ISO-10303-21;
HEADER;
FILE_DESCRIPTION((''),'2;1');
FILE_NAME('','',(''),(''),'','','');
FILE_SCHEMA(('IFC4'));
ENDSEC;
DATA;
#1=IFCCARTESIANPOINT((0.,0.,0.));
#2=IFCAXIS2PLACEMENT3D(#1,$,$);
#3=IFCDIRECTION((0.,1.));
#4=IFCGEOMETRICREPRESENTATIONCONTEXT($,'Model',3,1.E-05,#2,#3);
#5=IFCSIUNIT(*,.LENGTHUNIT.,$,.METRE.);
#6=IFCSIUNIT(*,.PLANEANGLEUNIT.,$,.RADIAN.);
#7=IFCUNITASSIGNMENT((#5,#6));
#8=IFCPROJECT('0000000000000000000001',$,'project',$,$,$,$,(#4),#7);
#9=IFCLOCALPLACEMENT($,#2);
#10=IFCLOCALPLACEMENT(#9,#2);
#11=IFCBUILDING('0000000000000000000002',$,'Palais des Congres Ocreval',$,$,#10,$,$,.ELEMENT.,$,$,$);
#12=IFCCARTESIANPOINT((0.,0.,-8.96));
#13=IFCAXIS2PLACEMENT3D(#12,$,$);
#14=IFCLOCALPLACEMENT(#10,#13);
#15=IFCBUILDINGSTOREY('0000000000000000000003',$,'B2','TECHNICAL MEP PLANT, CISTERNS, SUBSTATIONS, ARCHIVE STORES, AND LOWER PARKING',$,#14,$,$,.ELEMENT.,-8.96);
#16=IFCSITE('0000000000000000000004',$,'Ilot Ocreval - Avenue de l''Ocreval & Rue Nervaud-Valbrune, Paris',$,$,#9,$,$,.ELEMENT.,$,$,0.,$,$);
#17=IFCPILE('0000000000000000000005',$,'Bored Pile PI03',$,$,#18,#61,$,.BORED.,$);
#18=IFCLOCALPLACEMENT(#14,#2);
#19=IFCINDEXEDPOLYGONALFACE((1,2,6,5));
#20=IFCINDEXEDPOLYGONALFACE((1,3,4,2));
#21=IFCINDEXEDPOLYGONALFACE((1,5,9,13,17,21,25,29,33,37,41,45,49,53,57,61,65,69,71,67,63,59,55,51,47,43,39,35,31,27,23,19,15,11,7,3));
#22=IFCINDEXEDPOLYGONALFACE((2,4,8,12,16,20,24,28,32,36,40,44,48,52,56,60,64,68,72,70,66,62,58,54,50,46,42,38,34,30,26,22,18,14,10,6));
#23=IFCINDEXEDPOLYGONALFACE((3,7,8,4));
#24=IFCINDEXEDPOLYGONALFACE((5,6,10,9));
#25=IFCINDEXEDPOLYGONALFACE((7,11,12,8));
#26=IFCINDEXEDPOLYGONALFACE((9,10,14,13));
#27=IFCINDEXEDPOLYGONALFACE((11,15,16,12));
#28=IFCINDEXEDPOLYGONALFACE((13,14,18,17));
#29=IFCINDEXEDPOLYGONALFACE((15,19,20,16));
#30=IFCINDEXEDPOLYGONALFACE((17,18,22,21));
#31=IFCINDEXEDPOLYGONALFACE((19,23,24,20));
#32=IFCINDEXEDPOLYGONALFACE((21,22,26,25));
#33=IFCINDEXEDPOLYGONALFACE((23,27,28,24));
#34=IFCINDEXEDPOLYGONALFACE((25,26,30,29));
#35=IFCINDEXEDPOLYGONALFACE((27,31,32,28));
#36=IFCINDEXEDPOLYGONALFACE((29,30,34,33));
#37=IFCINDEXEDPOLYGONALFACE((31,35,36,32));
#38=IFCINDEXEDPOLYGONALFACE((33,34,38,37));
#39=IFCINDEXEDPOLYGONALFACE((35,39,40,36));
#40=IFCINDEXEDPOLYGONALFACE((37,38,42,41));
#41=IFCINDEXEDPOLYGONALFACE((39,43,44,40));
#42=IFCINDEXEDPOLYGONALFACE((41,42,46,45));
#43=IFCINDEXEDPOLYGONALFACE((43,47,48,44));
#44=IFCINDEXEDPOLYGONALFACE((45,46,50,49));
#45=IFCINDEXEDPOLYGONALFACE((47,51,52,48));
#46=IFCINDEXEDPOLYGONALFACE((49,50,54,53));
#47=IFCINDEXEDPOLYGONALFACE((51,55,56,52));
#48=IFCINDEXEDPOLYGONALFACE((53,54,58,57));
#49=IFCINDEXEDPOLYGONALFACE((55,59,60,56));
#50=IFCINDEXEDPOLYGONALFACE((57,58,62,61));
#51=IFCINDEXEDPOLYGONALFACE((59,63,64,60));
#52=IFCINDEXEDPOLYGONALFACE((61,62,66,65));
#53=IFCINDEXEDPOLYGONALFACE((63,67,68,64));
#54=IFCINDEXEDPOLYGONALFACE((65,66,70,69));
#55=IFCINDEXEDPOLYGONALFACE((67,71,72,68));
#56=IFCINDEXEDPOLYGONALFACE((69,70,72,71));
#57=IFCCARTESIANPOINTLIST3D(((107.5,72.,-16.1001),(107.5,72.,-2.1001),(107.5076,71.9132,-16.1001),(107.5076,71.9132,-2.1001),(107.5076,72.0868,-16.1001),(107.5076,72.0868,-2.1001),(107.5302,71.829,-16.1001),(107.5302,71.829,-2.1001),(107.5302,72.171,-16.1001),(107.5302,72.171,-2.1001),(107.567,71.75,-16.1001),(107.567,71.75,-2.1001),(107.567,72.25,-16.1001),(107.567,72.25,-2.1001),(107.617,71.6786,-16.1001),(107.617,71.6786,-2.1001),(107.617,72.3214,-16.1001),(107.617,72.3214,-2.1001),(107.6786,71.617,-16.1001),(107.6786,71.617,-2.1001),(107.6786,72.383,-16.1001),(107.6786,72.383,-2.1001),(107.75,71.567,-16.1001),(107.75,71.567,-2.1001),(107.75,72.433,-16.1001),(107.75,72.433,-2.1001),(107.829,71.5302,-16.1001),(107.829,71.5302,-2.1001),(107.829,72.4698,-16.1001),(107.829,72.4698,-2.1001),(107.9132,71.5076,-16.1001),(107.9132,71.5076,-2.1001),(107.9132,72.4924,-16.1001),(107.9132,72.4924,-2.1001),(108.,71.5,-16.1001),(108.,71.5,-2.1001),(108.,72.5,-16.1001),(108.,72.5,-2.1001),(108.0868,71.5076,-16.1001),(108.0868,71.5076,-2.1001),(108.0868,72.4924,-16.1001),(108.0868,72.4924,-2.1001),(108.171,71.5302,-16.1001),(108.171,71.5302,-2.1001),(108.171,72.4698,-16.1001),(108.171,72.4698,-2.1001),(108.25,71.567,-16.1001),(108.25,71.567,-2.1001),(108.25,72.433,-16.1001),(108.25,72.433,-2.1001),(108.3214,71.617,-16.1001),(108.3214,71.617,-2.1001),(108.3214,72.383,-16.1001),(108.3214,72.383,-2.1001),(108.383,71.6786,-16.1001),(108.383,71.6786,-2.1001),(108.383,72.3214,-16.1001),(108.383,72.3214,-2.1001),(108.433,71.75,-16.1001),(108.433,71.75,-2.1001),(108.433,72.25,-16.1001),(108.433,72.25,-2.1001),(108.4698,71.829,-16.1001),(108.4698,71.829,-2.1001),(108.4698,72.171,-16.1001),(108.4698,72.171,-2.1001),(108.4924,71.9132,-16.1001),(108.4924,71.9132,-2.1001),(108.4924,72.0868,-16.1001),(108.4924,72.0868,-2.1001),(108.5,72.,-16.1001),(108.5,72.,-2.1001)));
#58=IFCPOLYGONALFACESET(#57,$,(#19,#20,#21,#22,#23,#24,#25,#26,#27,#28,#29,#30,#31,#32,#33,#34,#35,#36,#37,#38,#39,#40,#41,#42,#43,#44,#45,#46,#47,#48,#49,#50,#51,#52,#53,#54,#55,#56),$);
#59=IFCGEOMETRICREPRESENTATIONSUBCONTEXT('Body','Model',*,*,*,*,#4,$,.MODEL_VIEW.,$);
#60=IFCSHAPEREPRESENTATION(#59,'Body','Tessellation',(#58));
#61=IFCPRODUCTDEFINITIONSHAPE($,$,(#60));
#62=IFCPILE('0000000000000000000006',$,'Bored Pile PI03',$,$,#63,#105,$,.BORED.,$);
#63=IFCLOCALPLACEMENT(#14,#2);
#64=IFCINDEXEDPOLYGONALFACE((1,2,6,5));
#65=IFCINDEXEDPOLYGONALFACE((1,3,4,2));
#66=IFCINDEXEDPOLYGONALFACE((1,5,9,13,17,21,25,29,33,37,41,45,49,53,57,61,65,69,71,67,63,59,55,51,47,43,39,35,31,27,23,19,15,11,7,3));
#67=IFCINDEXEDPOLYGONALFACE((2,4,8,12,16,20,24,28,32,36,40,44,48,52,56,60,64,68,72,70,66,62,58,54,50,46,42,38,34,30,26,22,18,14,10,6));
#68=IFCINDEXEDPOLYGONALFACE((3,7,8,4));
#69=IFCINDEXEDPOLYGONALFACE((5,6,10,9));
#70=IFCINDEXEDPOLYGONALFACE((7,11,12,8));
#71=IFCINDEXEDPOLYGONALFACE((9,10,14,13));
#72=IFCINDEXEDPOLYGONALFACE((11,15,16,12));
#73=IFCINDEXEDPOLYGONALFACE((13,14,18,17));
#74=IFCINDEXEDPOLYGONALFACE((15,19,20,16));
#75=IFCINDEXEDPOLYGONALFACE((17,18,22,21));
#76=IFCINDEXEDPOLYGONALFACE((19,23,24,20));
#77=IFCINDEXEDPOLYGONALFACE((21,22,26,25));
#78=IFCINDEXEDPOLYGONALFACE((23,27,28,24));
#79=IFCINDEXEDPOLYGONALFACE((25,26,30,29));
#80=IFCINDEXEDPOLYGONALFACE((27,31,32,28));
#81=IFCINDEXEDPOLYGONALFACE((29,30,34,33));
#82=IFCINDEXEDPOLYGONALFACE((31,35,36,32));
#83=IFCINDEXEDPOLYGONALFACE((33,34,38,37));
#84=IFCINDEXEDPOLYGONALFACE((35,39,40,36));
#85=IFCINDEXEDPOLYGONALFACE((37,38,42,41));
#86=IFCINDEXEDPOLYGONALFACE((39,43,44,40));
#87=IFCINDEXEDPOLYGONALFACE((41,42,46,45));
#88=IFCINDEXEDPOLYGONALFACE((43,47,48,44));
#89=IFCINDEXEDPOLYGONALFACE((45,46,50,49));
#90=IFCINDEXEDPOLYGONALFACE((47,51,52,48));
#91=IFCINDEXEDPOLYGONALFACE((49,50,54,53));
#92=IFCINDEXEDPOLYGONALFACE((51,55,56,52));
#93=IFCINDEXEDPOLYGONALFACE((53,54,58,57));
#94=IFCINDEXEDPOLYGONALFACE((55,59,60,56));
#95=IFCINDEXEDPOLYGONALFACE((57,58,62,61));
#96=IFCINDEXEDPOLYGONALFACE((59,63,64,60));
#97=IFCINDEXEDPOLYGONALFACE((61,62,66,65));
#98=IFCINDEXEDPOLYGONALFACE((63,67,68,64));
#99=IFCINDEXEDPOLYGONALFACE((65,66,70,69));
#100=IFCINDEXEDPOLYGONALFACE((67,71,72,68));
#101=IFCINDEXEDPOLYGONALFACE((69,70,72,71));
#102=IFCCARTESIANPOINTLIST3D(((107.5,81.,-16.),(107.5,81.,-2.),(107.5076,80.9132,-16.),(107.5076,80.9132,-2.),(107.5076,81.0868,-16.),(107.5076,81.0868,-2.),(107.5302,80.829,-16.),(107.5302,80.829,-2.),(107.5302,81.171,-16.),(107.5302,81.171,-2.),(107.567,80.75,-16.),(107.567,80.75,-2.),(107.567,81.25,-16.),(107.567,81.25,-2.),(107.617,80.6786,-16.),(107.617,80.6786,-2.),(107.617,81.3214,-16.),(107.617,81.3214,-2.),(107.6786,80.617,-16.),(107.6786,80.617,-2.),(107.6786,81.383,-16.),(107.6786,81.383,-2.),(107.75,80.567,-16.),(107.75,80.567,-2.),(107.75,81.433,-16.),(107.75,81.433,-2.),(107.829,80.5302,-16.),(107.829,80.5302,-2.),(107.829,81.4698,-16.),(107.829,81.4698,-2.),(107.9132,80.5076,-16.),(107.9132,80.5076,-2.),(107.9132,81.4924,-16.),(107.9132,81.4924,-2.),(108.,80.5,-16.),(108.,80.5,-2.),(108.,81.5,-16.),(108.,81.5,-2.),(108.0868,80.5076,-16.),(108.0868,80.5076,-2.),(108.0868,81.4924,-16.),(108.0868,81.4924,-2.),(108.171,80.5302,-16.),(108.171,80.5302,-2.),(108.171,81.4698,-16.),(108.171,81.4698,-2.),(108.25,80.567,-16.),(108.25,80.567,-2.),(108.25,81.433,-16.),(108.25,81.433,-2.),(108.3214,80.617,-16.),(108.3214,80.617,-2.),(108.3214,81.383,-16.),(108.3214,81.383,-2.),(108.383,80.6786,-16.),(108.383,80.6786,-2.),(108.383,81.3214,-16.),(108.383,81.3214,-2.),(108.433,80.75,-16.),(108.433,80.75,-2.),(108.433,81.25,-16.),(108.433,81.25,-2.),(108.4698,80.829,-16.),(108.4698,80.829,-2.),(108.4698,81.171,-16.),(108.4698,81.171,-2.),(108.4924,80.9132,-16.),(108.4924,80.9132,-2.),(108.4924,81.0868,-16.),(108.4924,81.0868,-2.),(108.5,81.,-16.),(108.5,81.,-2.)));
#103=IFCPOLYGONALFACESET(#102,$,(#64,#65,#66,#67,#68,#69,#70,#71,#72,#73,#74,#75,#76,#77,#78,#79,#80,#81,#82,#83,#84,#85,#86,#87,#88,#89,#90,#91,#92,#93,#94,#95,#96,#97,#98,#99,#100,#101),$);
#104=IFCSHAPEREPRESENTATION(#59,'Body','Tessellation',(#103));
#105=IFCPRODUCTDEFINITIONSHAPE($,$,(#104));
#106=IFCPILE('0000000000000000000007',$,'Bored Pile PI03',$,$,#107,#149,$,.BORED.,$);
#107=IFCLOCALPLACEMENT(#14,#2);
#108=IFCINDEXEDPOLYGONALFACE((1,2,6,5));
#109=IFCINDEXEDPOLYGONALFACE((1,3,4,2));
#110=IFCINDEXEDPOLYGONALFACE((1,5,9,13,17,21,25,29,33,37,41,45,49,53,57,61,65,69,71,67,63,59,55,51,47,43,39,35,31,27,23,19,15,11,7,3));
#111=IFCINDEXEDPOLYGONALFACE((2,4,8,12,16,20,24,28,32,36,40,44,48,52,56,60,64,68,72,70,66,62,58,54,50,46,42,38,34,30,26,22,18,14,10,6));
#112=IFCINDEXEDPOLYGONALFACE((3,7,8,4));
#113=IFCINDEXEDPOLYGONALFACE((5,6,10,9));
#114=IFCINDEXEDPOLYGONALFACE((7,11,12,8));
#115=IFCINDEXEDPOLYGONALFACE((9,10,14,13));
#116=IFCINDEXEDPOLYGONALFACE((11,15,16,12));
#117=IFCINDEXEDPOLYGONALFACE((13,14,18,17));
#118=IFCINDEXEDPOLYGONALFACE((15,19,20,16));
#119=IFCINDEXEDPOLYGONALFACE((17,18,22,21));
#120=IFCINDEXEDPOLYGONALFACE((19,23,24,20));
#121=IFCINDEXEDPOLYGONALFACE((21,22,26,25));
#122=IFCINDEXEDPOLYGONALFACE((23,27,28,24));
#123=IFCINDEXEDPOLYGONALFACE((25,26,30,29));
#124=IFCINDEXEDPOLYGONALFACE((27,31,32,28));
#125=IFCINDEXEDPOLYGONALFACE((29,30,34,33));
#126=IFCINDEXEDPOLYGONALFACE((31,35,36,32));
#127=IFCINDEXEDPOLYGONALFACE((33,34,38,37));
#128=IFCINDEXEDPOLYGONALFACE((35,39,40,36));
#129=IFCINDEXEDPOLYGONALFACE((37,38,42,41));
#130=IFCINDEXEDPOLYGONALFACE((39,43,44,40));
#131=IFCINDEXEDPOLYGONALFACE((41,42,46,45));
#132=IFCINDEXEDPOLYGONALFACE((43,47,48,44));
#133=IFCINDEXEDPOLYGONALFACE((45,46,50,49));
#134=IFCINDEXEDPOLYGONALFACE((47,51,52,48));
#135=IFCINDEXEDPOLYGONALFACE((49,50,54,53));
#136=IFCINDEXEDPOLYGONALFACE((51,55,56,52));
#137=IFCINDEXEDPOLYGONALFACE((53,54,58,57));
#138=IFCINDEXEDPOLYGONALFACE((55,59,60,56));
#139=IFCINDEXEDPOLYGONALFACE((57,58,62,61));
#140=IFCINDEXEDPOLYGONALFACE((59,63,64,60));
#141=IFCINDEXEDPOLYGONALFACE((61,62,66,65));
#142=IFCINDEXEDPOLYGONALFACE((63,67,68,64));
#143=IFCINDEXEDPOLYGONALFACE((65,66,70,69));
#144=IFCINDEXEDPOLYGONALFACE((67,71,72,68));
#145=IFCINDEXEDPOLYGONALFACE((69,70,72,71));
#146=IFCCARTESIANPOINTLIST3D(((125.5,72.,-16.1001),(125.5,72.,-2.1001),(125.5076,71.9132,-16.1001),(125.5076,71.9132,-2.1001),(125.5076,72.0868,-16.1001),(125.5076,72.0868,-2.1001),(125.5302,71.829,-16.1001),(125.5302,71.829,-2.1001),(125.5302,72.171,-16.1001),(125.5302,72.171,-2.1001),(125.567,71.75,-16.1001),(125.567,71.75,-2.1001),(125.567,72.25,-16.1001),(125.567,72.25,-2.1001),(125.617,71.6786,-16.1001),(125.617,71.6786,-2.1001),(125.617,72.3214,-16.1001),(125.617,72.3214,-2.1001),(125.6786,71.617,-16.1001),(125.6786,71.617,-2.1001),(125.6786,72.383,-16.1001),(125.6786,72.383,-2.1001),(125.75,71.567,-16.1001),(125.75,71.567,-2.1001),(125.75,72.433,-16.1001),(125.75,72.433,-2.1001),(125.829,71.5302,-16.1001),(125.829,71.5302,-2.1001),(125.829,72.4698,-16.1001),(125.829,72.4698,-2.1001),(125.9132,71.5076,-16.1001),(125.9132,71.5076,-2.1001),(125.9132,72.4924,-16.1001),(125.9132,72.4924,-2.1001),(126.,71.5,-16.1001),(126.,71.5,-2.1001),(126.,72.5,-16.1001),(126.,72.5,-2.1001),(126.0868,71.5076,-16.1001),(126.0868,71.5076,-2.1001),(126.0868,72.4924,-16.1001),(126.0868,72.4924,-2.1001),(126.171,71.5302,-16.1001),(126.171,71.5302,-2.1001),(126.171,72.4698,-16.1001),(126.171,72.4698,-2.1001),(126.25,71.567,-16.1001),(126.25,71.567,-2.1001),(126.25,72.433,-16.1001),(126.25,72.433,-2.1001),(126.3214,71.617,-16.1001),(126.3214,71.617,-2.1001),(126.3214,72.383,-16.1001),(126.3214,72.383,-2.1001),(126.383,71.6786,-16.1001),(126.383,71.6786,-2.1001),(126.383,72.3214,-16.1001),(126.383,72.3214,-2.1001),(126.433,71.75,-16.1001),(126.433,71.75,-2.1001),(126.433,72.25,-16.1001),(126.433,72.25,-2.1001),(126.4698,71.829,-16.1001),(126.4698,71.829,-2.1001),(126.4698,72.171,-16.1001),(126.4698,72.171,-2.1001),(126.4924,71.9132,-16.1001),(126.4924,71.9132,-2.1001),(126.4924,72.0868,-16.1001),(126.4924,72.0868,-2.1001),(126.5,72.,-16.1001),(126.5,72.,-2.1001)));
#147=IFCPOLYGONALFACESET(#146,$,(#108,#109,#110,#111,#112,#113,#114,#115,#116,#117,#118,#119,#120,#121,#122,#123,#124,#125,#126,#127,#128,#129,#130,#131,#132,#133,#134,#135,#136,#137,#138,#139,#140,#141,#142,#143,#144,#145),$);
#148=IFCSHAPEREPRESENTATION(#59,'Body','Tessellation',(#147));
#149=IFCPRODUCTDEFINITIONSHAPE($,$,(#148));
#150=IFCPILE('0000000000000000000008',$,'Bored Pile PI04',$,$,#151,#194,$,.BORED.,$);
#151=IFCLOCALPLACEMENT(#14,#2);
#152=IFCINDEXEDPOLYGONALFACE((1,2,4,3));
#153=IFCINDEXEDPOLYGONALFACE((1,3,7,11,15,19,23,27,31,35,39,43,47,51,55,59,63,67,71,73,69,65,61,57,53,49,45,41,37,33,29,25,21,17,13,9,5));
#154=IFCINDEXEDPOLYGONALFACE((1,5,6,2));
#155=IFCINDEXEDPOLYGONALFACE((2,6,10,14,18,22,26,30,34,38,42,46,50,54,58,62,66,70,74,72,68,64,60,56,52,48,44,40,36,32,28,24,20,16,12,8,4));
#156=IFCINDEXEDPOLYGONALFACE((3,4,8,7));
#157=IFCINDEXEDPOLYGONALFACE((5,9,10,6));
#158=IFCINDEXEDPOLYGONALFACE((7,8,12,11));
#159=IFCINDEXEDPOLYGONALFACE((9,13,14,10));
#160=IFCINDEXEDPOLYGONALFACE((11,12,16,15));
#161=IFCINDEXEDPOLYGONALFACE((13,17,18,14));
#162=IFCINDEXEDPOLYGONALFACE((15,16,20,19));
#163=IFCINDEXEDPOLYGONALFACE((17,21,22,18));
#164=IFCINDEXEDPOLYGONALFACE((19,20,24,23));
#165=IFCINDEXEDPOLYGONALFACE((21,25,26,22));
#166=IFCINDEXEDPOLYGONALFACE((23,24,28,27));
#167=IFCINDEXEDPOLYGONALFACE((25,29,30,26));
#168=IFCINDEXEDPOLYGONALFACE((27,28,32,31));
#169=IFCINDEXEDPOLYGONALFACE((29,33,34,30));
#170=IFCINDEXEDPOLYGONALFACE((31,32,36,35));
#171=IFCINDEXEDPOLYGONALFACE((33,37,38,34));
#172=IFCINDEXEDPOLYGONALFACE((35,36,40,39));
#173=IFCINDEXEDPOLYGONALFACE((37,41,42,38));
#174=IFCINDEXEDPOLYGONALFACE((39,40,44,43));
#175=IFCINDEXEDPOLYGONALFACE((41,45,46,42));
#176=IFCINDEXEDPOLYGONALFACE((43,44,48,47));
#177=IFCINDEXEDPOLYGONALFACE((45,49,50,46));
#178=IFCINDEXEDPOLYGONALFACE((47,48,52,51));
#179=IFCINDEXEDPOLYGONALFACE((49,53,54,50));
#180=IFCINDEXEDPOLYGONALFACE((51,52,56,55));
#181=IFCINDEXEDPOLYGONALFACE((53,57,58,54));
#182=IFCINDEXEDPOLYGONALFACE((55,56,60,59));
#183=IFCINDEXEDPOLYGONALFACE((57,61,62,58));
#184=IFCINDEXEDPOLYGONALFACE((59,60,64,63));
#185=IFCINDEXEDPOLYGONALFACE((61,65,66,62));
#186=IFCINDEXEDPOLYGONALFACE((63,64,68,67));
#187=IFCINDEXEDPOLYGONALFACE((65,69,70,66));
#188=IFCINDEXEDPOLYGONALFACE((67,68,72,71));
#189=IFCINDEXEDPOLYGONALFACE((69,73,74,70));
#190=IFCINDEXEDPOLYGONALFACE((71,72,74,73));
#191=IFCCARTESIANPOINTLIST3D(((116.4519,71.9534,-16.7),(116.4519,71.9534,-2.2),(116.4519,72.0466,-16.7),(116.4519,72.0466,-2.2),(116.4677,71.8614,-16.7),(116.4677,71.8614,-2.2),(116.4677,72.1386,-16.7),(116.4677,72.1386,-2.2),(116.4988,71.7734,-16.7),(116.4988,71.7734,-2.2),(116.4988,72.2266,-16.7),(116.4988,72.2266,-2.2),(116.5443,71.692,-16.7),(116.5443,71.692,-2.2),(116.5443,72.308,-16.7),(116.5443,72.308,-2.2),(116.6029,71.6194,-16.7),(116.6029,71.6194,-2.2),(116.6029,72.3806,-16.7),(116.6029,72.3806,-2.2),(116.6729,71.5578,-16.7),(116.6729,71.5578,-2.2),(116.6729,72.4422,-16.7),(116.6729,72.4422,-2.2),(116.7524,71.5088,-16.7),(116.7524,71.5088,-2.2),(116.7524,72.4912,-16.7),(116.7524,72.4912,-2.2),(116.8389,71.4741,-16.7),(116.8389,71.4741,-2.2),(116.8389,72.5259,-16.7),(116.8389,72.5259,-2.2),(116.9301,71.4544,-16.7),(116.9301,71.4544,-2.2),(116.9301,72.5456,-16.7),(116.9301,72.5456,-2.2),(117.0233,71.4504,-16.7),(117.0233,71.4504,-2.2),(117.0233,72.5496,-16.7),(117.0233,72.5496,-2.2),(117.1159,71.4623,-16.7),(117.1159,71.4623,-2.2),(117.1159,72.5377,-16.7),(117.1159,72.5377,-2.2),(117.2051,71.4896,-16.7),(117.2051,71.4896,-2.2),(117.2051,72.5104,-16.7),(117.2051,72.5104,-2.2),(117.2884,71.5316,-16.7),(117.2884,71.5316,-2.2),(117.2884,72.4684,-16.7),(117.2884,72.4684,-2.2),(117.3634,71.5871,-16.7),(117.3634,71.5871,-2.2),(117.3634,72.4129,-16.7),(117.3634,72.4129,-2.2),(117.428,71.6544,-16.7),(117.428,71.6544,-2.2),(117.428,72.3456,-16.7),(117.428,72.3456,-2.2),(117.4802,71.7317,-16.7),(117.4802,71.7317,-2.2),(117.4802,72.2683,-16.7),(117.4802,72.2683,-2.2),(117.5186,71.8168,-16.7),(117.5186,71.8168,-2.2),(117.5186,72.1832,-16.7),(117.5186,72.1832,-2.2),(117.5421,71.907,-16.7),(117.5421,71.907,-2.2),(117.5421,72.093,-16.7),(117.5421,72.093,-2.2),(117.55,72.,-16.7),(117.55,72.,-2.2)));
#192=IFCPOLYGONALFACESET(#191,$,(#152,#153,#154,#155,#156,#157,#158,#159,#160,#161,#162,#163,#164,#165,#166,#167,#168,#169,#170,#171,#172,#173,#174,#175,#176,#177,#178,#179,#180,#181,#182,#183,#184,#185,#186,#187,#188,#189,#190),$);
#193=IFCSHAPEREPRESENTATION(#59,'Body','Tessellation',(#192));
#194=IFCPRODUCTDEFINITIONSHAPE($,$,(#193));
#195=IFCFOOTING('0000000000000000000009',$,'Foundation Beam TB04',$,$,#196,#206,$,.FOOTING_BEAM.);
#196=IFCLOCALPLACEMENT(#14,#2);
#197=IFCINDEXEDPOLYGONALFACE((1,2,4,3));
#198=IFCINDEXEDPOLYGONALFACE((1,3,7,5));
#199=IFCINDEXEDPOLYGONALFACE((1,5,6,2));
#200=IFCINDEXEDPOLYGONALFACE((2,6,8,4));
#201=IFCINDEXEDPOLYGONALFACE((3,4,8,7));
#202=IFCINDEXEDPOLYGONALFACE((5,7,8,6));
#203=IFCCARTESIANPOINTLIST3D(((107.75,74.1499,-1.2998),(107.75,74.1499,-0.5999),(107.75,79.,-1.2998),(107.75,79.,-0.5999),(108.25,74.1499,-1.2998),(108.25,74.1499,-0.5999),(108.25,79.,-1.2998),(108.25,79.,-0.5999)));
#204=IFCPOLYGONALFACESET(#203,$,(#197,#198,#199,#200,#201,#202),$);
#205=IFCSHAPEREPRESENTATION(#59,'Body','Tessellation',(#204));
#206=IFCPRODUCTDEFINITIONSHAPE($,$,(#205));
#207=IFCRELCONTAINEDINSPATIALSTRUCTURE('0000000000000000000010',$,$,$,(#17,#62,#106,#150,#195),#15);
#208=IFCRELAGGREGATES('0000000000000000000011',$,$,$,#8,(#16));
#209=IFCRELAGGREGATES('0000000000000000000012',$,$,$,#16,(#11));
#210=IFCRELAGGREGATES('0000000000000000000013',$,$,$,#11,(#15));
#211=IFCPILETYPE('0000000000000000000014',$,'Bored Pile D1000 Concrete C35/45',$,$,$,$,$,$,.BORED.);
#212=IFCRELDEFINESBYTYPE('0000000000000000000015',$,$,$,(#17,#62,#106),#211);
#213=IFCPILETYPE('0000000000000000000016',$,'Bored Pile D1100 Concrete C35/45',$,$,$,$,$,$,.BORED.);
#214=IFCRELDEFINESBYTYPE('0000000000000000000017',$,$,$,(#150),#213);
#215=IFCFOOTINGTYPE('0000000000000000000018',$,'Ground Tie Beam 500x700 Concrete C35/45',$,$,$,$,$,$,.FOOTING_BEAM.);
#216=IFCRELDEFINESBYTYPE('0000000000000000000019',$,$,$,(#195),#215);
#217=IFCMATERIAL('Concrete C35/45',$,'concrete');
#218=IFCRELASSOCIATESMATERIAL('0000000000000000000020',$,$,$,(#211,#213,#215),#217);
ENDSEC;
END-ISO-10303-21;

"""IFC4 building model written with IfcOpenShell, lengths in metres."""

from ifc_helpers import new_model, si_unit, direction, frame, origin, origin_2d, place, context, subcontext, project, spatial, rectangle, circle, extrude, material, material_profile, profile_set, type_object, element, save


model = new_model("IFC4")

# Units and contexts
model_context = context("Model", 3, precision=1e-05, world=origin(), true_north=direction((0.0, 1.0)))
body_context = subcontext(model_context, "Body", "Model", "MODEL_VIEW")
ifc_project = project(units=[si_unit("LENGTHUNIT", "METRE"), si_unit("PLANEANGLEUNIT", "RADIAN")], contexts=[model_context])

# Site, building, storey
site_placement = place(None, origin())
site = spatial("IfcSite", under=ifc_project, at=site_placement, Name="Ilot Ocreval - Avenue de l'Ocreval & Rue Nervaud-Valbrune, Paris", CompositionType="ELEMENT", RefElevation=0.0)
building_placement = place(site_placement, origin())
building = spatial("IfcBuilding", under=site, at=building_placement, Name="Palais des Congres Ocreval", CompositionType="ELEMENT")
storey_placement = place(building_placement, frame((0.0, 0.0, -8.96)))
storey = spatial("IfcBuildingStorey", under=building, at=storey_placement, Name="B2", Description="TECHNICAL MEP PLANT, CISTERNS, SUBSTATIONS, ARCHIVE STORES, AND LOWER PARKING", CompositionType="ELEMENT", Elevation=-8.96)

# Piles
ifc_material_1 = material(Name="Concrete C35/45", Category="concrete")
ifc_material_profile_1 = material_profile(ifc_material_1, circle(Radius=0.5, at=origin_2d()), Name="BORED PILE 1000")
ifc_profile_set_1 = profile_set([ifc_material_profile_1], Name="Concrete C35/45")
pile_type_1 = type_object("IfcPileType", Name="Bored Pile D1000 Concrete C35/45", PredefinedType="BORED", material=ifc_profile_set_1)
for number, where, z_axis, x_axis, name in (
    (1, (108.0, 72.0, -2.1001), (0.0, 0.0, -1.0), (1.0, 0.0, 0.0), "Bored Pile PI03"),
    (2, (108.0, 81.0, -2.0), (0.0, 0.0, -1.0), (1.0, 0.0, 0.0), "Bored Pile PI03"),
    (3, (126.0, 72.0, -2.1001), (0.0, 0.0, -1.0), (1.0, 0.0, 0.0), "Bored Pile PI03"),
):
    element("IfcPile", number, at=place(storey_placement, frame(where, z_axis=z_axis, x_axis=x_axis)), inside=storey, type_object=pile_type_1, Name=name, PredefinedType="BORED", context=body_context, shape_type="SweptSolid", body=[
        extrude(circle(Radius=0.5, at=origin_2d()), origin(), (0.0, 0.0, 1.0), 14.0),
    ])
ifc_material_profile_2 = material_profile(ifc_material_1, circle(Radius=0.55, at=origin_2d()), Name="BORED PILE 1100")
ifc_profile_set_2 = profile_set([ifc_material_profile_2], Name="Concrete C35/45")
pile_type_2 = type_object("IfcPileType", Name="Bored Pile D1100 Concrete C35/45", PredefinedType="BORED", material=ifc_profile_set_2)
pile_placement = place(storey_placement, frame((117.0, 72.0, -2.2), z_axis=(0.0, 0.0, -1.0), x_axis=(1.0, 0.0, 0.0)))
element("IfcPile", 4, at=pile_placement, inside=storey, type_object=pile_type_2, Name="Bored Pile PI04", PredefinedType="BORED", context=body_context, shape_type="SweptSolid", body=[
    extrude(circle(Radius=0.55, at=origin_2d()), origin(), (0.0, 0.0, 1.0), 14.5),
])

# Footing
footing_type_1 = type_object("IfcFootingType", Name="Ground Tie Beam 500x700 Concrete C35/45", PredefinedType="FOOTING_BEAM", material=ifc_material_1)
footing_1_placement = place(storey_placement, frame((108.0, 76.575, -1.2998), z_axis=(0.0, 0.0, 1.0), x_axis=(0.0, 1.0, 0.0)))
element("IfcFooting", 5, at=footing_1_placement, inside=storey, type_object=footing_type_1, Name="Foundation Beam TB04", PredefinedType="FOOTING_BEAM", context=body_context, shape_type="SweptSolid", body=[
    extrude(rectangle(XDim=4.8501, YDim=0.5, at=origin_2d()), origin(), (0.0, 0.0, 1.0), 0.7),
])

save(model, "model.ifc")
